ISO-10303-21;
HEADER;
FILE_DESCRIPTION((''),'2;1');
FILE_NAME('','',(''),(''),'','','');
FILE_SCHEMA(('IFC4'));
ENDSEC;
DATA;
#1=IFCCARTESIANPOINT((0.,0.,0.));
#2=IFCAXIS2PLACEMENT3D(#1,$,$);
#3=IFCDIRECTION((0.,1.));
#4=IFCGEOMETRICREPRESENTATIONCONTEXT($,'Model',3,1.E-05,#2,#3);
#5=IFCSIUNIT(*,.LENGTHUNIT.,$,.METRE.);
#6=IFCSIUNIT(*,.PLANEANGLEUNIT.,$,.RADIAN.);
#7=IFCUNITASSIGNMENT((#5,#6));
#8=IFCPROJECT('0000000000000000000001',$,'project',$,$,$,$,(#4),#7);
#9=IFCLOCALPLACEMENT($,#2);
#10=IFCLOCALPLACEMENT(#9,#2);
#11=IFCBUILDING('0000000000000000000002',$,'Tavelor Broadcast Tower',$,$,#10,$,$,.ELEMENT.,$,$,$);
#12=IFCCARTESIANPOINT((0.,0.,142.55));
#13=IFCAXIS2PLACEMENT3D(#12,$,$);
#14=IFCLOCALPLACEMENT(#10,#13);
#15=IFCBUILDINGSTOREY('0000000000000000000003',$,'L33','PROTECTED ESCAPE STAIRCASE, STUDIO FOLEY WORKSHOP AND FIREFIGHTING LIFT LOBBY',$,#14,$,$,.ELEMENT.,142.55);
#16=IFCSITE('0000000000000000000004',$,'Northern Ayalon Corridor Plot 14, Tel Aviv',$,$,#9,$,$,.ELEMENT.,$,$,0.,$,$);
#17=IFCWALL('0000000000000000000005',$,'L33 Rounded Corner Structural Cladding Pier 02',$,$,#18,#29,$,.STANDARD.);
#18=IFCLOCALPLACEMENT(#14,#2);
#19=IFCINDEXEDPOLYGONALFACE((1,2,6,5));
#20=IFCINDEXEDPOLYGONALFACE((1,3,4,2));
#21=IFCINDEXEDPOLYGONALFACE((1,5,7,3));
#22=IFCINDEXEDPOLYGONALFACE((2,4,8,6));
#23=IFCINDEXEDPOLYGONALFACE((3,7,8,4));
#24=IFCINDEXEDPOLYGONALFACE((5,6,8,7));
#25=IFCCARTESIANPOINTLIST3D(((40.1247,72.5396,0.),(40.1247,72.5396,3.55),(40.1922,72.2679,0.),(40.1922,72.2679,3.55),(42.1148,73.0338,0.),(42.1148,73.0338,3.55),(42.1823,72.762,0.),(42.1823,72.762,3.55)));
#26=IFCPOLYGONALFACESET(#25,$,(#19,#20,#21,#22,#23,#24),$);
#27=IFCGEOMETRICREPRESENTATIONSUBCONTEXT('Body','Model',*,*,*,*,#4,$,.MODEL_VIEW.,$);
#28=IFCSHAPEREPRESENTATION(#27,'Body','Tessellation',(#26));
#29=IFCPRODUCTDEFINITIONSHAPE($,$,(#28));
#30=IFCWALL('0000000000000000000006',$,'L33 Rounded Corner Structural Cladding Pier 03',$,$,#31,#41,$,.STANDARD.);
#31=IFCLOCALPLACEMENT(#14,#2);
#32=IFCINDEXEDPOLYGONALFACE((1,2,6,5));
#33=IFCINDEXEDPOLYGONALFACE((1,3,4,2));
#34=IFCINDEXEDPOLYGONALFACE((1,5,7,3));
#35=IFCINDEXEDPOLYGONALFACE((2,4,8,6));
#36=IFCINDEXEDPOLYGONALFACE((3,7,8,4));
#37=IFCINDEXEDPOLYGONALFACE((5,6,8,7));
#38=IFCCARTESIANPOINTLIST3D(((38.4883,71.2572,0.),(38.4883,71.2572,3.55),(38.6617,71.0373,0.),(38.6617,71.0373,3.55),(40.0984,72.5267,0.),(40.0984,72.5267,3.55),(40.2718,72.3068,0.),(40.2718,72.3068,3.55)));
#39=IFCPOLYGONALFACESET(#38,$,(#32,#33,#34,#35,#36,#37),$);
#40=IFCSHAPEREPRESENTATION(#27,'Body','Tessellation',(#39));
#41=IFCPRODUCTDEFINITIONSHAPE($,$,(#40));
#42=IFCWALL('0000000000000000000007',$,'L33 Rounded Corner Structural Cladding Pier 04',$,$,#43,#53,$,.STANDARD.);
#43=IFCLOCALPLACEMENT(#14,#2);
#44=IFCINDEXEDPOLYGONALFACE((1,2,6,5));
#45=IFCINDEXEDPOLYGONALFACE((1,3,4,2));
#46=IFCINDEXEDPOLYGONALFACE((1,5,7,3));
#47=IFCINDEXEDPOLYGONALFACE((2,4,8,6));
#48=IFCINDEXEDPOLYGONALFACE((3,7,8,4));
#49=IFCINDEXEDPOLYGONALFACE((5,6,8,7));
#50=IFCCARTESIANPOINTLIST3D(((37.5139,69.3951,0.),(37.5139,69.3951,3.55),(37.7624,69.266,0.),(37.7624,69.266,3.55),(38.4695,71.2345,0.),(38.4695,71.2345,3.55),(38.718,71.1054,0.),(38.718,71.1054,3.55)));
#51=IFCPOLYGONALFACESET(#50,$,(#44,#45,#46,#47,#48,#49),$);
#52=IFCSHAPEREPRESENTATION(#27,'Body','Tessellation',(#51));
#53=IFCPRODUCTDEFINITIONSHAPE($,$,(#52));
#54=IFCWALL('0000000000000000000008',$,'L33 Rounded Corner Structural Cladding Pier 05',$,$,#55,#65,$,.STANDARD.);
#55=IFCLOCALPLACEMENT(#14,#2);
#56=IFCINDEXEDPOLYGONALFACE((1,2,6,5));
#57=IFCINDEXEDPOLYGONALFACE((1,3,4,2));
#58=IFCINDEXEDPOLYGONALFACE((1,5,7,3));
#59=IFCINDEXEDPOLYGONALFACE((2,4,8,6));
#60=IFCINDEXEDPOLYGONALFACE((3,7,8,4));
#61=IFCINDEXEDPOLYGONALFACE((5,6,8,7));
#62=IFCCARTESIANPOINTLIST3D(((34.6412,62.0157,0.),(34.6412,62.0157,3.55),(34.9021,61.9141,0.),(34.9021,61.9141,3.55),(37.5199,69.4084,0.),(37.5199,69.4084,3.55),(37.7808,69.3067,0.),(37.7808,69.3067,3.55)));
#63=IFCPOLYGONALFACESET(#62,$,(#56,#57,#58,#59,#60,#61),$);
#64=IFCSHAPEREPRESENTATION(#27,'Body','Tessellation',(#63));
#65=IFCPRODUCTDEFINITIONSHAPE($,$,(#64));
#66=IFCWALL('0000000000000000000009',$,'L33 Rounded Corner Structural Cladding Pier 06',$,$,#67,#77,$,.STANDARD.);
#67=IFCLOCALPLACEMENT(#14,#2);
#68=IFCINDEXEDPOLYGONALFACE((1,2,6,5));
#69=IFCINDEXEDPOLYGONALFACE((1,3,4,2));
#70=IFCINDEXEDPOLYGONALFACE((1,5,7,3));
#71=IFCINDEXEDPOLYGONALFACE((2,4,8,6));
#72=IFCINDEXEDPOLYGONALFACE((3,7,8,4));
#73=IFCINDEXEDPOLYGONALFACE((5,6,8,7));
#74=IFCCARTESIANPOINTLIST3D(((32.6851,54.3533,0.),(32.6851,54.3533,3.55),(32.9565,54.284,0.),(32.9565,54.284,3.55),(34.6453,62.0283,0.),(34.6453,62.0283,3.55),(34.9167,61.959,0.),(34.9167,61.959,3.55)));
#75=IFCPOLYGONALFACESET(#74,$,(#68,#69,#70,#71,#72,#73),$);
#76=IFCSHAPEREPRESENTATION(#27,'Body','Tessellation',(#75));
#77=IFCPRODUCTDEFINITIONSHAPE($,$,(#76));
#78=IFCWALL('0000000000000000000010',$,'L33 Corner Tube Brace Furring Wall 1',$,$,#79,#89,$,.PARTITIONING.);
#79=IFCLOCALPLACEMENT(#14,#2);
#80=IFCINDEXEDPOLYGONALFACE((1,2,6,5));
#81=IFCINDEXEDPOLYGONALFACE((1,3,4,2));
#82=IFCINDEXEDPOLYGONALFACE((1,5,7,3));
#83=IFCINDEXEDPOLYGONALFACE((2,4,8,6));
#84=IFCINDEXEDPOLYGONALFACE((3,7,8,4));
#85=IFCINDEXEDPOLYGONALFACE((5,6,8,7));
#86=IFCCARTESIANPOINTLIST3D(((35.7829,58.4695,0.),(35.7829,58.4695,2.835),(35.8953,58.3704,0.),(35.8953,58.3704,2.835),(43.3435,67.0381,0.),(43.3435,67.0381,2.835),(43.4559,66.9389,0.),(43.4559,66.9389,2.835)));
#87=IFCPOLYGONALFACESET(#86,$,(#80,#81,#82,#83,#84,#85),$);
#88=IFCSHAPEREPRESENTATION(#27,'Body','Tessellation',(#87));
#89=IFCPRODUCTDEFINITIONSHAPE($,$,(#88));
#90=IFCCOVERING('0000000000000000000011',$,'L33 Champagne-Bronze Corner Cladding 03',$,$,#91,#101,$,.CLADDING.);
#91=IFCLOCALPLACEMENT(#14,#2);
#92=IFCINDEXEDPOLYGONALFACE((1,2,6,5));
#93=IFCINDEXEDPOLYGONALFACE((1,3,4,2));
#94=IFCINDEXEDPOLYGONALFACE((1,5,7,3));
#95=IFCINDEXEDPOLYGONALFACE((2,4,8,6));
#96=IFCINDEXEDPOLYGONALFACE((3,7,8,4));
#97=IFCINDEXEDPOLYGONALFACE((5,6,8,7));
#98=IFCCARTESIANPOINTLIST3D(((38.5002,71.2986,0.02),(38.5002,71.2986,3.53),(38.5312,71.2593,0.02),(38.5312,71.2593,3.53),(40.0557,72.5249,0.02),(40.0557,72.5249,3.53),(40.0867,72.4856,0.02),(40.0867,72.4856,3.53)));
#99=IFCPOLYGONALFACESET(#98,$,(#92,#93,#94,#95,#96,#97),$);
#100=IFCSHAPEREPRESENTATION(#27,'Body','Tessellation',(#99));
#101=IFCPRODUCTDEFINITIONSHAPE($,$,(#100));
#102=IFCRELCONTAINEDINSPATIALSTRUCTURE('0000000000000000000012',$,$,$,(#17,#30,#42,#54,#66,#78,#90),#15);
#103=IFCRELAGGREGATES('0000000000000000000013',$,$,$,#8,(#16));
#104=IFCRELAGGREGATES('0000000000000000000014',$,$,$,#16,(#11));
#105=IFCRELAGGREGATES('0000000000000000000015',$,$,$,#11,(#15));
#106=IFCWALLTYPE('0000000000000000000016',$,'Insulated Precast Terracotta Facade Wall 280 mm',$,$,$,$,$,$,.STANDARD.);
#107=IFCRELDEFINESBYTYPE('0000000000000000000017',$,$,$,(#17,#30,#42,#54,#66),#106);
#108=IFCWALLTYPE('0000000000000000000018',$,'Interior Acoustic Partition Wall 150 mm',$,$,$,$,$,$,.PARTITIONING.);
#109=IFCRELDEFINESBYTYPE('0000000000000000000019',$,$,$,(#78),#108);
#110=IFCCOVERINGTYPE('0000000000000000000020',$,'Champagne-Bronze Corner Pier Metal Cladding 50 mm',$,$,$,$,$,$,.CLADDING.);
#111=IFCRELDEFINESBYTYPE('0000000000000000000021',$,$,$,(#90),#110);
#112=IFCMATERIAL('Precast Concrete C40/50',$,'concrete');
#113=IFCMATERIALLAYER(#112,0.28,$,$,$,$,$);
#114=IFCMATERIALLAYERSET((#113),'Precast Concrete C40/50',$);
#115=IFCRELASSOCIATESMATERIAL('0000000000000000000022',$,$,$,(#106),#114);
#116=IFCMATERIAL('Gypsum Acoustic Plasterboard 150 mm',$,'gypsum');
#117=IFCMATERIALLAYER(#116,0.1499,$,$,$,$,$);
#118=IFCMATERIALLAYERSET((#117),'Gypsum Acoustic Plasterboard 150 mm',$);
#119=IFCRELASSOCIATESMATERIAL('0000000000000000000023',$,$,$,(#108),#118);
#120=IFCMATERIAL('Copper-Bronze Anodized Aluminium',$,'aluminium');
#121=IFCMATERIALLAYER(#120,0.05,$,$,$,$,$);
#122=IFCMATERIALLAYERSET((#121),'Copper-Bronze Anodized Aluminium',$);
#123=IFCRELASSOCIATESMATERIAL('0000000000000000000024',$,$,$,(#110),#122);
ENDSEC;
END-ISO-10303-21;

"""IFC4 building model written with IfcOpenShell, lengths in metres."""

from ifc_helpers import new_model, si_unit, direction, frame, frame_2d, origin, origin_2d, place, context, subcontext, project, spatial, rectangle, extrude, material, layer, layer_set, type_object, element, save


model = new_model("IFC4")

# Units and contexts
model_context = context("Model", 3, precision=1e-05, world=origin(), true_north=direction((0.0, 1.0)))
body_context = subcontext(model_context, "Body", "Model", "MODEL_VIEW")
ifc_project = project(units=[si_unit("LENGTHUNIT", "METRE"), si_unit("PLANEANGLEUNIT", "RADIAN")], contexts=[model_context])

# Site, building, storey
site_placement = place(None, origin())
site = spatial("IfcSite", under=ifc_project, at=site_placement, Name="Northern Ayalon Corridor Plot 14, Tel Aviv", CompositionType="ELEMENT", RefElevation=0.0)
building_placement = place(site_placement, origin())
building = spatial("IfcBuilding", under=site, at=building_placement, Name="Tavelor Broadcast Tower", CompositionType="ELEMENT")
storey_placement = place(building_placement, frame((0.0, 0.0, 142.55)))
storey = spatial("IfcBuildingStorey", under=building, at=storey_placement, Name="L33", Description="PROTECTED ESCAPE STAIRCASE, STUDIO FOLEY WORKSHOP AND FIREFIGHTING LIFT LOBBY", CompositionType="ELEMENT", Elevation=142.55)

# Walls
ifc_material_1 = material(Name="Precast Concrete C40/50", Category="concrete")
ifc_layer_1 = layer(ifc_material_1, 0.28)
ifc_layer_set_1 = layer_set([ifc_layer_1], Name="Precast Concrete C40/50")
wall_type_1 = type_object("IfcWallType", Name="Insulated Precast Terracotta Facade Wall 280 mm", PredefinedType="STANDARD", material=ifc_layer_set_1)
wall_1_placement = place(storey_placement, frame((42.1487, 72.8979, 0.0), z_axis=(0.0, 0.0, 1.0), x_axis=(-0.970526, -0.240994, 0.0)))
element("IfcWall", 1, at=wall_1_placement, inside=storey, type_object=wall_type_1, Name="L33 Rounded Corner Structural Cladding Pier 02", PredefinedType="STANDARD", context=body_context, shape_type="SweptSolid", body=[
    extrude(rectangle(XDim=2.0505, YDim=0.28, at=frame_2d((1.0254, 0.0))), origin(), (0.0, 0.0, 1.0), 3.55),
])
wall_2_placement = place(storey_placement, frame((40.1851, 72.4167, 0.0), z_axis=(0.0, 0.0, 1.0), x_axis=(-0.785264, -0.619162, 0.0)))
element("IfcWall", 2, at=wall_2_placement, inside=storey, type_object=wall_type_1, Name="L33 Rounded Corner Structural Cladding Pier 03", PredefinedType="STANDARD", context=body_context, shape_type="SweptSolid", body=[
    extrude(rectangle(XDim=2.0503, YDim=0.28, at=frame_2d((1.0251, 0.0))), origin(), (0.0, 0.0, 1.0), 3.55),
])
wall_3_placement = place(storey_placement, frame((38.5938, 71.1699, 0.0), z_axis=(0.0, 0.0, 1.0), x_axis=(-0.461012, -0.887394, 0.0)))
element("IfcWall", 3, at=wall_3_placement, inside=storey, type_object=wall_type_1, Name="L33 Rounded Corner Structural Cladding Pier 04", PredefinedType="STANDARD", context=body_context, shape_type="SweptSolid", body=[
    extrude(rectangle(XDim=2.0728, YDim=0.28, at=frame_2d((1.0364, 0.0))), origin(), (0.0, 0.0, 1.0), 3.55),
])
wall_4_placement = place(storey_placement, frame((37.6504, 69.3577, 0.0), z_axis=(0.0, 0.0, 1.0), x_axis=(-0.362859, -0.931844, 0.0)))
element("IfcWall", 4, at=wall_4_placement, inside=storey, type_object=wall_type_1, Name="L33 Rounded Corner Structural Cladding Pier 05", PredefinedType="STANDARD", context=body_context, shape_type="SweptSolid", body=[
    extrude(rectangle(XDim=7.9333, YDim=0.28, at=frame_2d((3.9668, 0.0))), origin(), (0.0, 0.0, 1.0), 3.55),
])
wall_5_placement = place(storey_placement, frame((34.781, 61.9937, 0.0), z_axis=(0.0, 0.0, 1.0), x_axis=(-0.247457, -0.968899, 0.0)))
element("IfcWall", 5, at=wall_5_placement, inside=storey, type_object=wall_type_1, Name="L33 Rounded Corner Structural Cladding Pier 06", PredefinedType="STANDARD", context=body_context, shape_type="SweptSolid", body=[
    extrude(rectangle(XDim=7.9214, YDim=0.28, at=frame_2d((3.9607, 0.0))), origin(), (0.0, 0.0, 1.0), 3.55),
])
ifc_material_2 = material(Name="Gypsum Acoustic Plasterboard 150 mm", Category="gypsum")
ifc_layer_2 = layer(ifc_material_2, 0.1499)
ifc_layer_set_2 = layer_set([ifc_layer_2], Name="Gypsum Acoustic Plasterboard 150 mm")
wall_type_2 = type_object("IfcWallType", Name="Interior Acoustic Partition Wall 150 mm", PredefinedType="PARTITIONING", material=ifc_layer_set_2)
wall_6_placement = place(storey_placement, frame((43.3997, 66.9885, 0.0), z_axis=(0.0, 0.0, 1.0), x_axis=(-0.661622, -0.749837, 0.0)))
element("IfcWall", 6, at=wall_6_placement, inside=storey, type_object=wall_type_2, Name="L33 Corner Tube Brace Furring Wall 1", PredefinedType="PARTITIONING", context=body_context, shape_type="SweptSolid", body=[
    extrude(rectangle(XDim=11.4272, YDim=0.1499, at=frame_2d((5.7136, 0.0))), origin(), (0.0, 0.0, 1.0), 2.835),
])

# Covering
ifc_material_3 = material(Name="Copper-Bronze Anodized Aluminium", Category="aluminium")
ifc_layer_3 = layer(ifc_material_3, 0.05)
ifc_layer_set_3 = layer_set([ifc_layer_3], Name="Copper-Bronze Anodized Aluminium")
covering_type = type_object("IfcCoveringType", Name="Champagne-Bronze Corner Pier Metal Cladding 50 mm", PredefinedType="CLADDING", material=ifc_layer_set_3)
covering_placement = place(storey_placement, frame((39.2935, 71.8921, 0.02), z_axis=(0.0, 0.0, 1.0), x_axis=(-0.785317, -0.619094, 0.0)))
element("IfcCovering", 7, at=covering_placement, inside=storey, type_object=covering_type, Name="L33 Champagne-Bronze Corner Cladding 03", PredefinedType="CLADDING", context=body_context, shape_type="SweptSolid", body=[
    extrude(rectangle(XDim=1.9807, YDim=0.05, at=origin_2d()), origin(), (0.0, 0.0, 1.0), 3.51),
])

save(model, "model.ifc")
